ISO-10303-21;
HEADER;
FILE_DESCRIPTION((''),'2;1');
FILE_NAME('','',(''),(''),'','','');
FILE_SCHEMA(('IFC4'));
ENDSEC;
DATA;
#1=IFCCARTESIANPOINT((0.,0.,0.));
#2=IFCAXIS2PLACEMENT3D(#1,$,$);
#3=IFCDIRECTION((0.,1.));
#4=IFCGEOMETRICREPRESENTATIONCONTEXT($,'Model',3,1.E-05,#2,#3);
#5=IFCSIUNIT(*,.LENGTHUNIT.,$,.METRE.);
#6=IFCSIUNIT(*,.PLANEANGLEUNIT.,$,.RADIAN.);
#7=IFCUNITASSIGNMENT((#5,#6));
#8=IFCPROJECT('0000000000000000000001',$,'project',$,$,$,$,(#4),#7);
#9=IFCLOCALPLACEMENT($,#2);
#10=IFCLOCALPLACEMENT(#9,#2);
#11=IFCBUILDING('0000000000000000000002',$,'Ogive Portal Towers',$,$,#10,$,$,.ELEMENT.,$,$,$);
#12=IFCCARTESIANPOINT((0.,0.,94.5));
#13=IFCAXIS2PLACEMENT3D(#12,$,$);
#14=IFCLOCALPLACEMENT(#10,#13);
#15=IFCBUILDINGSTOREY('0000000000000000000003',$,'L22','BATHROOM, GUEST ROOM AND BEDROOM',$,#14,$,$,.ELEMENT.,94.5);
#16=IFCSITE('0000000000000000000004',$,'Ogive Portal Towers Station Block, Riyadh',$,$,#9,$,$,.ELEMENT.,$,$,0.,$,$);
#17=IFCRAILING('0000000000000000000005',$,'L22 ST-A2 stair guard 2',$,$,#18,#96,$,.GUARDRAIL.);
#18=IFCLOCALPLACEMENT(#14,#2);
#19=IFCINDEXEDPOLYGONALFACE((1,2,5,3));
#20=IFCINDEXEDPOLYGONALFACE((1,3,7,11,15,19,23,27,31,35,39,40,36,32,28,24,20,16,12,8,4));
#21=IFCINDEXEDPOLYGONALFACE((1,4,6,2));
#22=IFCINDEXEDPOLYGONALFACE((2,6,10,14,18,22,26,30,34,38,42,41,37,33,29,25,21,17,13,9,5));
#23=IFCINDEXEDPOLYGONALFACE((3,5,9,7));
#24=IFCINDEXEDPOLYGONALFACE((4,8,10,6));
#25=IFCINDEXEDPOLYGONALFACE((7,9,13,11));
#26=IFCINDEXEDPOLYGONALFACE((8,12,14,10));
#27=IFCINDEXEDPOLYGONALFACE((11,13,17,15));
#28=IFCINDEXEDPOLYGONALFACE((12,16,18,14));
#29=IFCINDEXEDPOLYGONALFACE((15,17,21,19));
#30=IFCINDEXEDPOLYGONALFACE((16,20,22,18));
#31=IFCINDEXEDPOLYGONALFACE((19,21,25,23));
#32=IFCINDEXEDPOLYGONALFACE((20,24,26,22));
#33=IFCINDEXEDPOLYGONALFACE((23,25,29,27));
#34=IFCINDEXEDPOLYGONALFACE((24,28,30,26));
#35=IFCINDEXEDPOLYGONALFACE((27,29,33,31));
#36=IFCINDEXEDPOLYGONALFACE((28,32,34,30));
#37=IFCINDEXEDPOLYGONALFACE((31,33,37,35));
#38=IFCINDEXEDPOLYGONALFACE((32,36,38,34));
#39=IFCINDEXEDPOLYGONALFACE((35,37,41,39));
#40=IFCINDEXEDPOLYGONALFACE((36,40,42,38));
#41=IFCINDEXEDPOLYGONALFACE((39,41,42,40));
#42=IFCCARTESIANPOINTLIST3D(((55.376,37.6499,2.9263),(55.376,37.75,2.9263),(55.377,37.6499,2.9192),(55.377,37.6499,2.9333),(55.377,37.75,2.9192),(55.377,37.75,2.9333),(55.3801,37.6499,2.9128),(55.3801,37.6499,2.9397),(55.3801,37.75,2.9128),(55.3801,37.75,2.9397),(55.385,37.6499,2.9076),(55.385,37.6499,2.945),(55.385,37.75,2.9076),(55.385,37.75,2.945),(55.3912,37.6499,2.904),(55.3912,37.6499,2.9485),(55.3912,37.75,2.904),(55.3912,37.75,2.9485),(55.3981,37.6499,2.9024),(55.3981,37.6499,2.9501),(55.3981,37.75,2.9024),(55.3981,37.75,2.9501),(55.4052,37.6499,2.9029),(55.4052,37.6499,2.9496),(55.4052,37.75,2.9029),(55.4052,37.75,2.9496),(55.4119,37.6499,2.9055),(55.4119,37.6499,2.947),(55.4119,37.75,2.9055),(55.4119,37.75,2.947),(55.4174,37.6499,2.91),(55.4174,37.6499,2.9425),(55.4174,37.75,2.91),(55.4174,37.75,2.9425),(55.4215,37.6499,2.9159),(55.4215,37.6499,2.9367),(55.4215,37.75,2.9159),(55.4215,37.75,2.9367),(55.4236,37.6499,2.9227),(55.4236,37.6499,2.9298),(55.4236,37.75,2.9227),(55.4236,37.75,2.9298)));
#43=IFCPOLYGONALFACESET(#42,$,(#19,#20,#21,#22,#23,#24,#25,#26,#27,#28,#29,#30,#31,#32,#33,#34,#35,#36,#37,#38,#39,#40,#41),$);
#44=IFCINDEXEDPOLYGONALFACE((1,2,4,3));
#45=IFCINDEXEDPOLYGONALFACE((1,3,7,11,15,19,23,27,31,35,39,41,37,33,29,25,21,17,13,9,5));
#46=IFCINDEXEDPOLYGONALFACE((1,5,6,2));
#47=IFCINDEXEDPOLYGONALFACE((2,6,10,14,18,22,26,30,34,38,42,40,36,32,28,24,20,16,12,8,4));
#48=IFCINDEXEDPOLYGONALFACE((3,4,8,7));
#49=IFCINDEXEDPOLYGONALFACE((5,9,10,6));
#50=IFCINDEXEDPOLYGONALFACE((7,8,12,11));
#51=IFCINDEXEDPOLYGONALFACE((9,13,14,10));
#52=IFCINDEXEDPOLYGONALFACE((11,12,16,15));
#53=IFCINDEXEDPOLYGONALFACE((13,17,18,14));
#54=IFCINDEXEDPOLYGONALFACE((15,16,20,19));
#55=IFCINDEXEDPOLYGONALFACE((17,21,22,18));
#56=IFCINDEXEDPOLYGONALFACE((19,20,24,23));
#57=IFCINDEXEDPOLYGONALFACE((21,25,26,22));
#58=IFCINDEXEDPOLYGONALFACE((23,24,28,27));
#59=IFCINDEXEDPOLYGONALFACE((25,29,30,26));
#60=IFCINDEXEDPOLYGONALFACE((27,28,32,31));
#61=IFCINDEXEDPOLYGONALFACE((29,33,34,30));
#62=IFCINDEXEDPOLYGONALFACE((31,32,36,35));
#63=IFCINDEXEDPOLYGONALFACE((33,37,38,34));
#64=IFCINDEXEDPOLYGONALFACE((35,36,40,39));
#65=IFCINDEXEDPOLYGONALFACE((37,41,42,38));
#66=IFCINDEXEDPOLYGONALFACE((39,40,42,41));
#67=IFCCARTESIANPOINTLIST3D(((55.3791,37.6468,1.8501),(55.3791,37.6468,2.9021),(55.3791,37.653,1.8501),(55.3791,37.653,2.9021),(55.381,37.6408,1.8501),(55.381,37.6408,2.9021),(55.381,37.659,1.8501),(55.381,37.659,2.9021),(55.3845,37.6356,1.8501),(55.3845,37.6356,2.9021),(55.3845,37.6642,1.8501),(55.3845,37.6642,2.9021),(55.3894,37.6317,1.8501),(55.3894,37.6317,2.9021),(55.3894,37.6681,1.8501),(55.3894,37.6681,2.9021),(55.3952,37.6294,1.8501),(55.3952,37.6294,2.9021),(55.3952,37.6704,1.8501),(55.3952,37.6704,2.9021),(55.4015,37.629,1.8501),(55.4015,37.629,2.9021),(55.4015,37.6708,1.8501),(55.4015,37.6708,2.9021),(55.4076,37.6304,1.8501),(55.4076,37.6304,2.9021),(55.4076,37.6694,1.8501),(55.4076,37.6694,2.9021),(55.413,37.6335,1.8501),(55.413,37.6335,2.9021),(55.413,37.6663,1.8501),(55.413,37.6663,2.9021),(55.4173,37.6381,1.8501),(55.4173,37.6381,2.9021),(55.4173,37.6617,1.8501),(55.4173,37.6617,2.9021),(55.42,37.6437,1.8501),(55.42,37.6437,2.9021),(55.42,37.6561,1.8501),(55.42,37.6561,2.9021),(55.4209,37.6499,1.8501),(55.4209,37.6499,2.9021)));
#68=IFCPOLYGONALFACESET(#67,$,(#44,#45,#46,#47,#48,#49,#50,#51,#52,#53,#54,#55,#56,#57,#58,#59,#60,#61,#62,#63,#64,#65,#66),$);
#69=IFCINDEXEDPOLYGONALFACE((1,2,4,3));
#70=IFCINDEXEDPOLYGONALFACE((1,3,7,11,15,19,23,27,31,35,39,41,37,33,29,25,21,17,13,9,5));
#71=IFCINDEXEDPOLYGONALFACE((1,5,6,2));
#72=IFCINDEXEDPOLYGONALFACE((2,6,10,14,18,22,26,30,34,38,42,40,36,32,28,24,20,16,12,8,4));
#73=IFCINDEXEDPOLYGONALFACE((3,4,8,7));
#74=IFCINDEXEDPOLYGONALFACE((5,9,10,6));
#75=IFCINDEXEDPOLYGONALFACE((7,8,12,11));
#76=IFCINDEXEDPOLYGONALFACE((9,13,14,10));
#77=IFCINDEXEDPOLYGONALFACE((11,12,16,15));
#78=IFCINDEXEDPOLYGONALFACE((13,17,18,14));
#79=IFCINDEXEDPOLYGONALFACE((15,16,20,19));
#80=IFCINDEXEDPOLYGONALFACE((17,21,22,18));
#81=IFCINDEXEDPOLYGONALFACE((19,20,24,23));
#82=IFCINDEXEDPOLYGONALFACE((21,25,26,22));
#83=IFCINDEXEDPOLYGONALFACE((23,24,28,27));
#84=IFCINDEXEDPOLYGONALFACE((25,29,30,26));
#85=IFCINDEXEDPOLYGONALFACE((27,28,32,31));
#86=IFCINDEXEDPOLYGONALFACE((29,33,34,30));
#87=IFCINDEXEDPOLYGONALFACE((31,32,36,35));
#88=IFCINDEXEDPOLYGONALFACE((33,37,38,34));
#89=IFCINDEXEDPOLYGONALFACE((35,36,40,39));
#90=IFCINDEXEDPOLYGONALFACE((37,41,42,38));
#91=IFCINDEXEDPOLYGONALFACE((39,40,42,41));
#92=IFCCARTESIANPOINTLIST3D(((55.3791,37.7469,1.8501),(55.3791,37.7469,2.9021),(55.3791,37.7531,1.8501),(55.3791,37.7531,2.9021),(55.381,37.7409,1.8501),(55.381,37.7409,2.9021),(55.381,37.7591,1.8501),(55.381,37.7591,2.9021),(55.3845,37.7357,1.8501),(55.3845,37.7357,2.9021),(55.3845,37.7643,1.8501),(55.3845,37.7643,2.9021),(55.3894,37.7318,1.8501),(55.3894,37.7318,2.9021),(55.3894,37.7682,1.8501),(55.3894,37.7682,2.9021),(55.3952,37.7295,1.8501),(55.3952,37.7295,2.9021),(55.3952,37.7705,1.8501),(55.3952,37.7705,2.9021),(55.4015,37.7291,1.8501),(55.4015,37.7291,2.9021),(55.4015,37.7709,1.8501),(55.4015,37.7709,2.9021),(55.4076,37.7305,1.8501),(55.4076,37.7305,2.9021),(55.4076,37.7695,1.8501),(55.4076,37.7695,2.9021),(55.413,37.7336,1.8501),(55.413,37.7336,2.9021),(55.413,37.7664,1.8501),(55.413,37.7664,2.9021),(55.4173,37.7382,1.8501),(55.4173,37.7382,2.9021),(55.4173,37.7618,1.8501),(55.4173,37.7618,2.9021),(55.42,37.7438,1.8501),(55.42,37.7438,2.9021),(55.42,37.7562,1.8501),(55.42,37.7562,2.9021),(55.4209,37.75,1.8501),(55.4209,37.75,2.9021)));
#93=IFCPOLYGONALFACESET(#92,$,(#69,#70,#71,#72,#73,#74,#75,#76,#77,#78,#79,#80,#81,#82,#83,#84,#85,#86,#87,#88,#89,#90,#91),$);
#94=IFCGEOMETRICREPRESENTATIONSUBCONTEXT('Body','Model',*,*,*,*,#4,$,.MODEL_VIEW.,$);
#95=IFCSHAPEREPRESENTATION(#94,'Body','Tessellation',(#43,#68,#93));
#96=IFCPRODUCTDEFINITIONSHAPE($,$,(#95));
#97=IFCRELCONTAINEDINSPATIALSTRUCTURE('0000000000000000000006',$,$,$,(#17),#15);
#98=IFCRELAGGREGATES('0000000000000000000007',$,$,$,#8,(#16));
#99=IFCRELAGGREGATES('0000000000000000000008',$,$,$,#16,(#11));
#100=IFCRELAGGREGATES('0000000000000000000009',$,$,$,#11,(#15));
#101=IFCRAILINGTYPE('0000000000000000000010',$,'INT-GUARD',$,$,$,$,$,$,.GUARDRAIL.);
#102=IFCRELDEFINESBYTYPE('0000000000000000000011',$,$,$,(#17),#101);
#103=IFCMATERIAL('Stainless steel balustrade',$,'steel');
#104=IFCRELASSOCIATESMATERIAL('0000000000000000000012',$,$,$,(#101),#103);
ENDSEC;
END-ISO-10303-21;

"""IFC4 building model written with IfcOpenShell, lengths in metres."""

from ifc_helpers import new_model, si_unit, direction, frame, origin, origin_2d, place, context, subcontext, project, spatial, circle, extrude, material, type_object, element, save


model = new_model("IFC4")

# Units and contexts
model_context = context("Model", 3, precision=1e-05, world=origin(), true_north=direction((0.0, 1.0)))
body_context = subcontext(model_context, "Body", "Model", "MODEL_VIEW")
ifc_project = project(units=[si_unit("LENGTHUNIT", "METRE"), si_unit("PLANEANGLEUNIT", "RADIAN")], contexts=[model_context])

# Site, building, storey
site_placement = place(None, origin())
site = spatial("IfcSite", under=ifc_project, at=site_placement, Name="Ogive Portal Towers Station Block, Riyadh", CompositionType="ELEMENT", RefElevation=0.0)
building_placement = place(site_placement, origin())
building = spatial("IfcBuilding", under=site, at=building_placement, Name="Ogive Portal Towers", CompositionType="ELEMENT")
storey_placement = place(building_placement, frame((0.0, 0.0, 94.5)))
storey = spatial("IfcBuildingStorey", under=building, at=storey_placement, Name="L22", Description="BATHROOM, GUEST ROOM AND BEDROOM", CompositionType="ELEMENT", Elevation=94.5)

# Railing
ifc_material_1 = material(Name="Stainless steel balustrade", Category="steel")
railing_type_1 = type_object("IfcRailingType", Name="INT-GUARD", PredefinedType="GUARDRAIL", material=ifc_material_1)
railing_1_placement = place(storey_placement, frame((55.3999, 37.6499, 1.8501)))
element("IfcRailing", 1, at=railing_1_placement, inside=storey, type_object=railing_type_1, Name="L22 ST-A2 stair guard 2", PredefinedType="GUARDRAIL", context=body_context, shape_type="SweptSolid", body=[
    extrude(circle(Radius=0.0239, at=origin_2d()), frame((0.0, 0.0, 1.0762), z_axis=(0.0, 1.0, 0.0), x_axis=(-1.0, 0.0, 0.0)), (0.0, 0.0, 1.0), 0.1001),
    extrude(circle(Radius=0.021, at=origin_2d()), origin(), (0.0, 0.0, 1.0), 1.052),
    extrude(circle(Radius=0.021, at=origin_2d()), frame((0.0, 0.1001, 0.0)), (0.0, 0.0, 1.0), 1.052),
])

save(model, "model.ifc")
